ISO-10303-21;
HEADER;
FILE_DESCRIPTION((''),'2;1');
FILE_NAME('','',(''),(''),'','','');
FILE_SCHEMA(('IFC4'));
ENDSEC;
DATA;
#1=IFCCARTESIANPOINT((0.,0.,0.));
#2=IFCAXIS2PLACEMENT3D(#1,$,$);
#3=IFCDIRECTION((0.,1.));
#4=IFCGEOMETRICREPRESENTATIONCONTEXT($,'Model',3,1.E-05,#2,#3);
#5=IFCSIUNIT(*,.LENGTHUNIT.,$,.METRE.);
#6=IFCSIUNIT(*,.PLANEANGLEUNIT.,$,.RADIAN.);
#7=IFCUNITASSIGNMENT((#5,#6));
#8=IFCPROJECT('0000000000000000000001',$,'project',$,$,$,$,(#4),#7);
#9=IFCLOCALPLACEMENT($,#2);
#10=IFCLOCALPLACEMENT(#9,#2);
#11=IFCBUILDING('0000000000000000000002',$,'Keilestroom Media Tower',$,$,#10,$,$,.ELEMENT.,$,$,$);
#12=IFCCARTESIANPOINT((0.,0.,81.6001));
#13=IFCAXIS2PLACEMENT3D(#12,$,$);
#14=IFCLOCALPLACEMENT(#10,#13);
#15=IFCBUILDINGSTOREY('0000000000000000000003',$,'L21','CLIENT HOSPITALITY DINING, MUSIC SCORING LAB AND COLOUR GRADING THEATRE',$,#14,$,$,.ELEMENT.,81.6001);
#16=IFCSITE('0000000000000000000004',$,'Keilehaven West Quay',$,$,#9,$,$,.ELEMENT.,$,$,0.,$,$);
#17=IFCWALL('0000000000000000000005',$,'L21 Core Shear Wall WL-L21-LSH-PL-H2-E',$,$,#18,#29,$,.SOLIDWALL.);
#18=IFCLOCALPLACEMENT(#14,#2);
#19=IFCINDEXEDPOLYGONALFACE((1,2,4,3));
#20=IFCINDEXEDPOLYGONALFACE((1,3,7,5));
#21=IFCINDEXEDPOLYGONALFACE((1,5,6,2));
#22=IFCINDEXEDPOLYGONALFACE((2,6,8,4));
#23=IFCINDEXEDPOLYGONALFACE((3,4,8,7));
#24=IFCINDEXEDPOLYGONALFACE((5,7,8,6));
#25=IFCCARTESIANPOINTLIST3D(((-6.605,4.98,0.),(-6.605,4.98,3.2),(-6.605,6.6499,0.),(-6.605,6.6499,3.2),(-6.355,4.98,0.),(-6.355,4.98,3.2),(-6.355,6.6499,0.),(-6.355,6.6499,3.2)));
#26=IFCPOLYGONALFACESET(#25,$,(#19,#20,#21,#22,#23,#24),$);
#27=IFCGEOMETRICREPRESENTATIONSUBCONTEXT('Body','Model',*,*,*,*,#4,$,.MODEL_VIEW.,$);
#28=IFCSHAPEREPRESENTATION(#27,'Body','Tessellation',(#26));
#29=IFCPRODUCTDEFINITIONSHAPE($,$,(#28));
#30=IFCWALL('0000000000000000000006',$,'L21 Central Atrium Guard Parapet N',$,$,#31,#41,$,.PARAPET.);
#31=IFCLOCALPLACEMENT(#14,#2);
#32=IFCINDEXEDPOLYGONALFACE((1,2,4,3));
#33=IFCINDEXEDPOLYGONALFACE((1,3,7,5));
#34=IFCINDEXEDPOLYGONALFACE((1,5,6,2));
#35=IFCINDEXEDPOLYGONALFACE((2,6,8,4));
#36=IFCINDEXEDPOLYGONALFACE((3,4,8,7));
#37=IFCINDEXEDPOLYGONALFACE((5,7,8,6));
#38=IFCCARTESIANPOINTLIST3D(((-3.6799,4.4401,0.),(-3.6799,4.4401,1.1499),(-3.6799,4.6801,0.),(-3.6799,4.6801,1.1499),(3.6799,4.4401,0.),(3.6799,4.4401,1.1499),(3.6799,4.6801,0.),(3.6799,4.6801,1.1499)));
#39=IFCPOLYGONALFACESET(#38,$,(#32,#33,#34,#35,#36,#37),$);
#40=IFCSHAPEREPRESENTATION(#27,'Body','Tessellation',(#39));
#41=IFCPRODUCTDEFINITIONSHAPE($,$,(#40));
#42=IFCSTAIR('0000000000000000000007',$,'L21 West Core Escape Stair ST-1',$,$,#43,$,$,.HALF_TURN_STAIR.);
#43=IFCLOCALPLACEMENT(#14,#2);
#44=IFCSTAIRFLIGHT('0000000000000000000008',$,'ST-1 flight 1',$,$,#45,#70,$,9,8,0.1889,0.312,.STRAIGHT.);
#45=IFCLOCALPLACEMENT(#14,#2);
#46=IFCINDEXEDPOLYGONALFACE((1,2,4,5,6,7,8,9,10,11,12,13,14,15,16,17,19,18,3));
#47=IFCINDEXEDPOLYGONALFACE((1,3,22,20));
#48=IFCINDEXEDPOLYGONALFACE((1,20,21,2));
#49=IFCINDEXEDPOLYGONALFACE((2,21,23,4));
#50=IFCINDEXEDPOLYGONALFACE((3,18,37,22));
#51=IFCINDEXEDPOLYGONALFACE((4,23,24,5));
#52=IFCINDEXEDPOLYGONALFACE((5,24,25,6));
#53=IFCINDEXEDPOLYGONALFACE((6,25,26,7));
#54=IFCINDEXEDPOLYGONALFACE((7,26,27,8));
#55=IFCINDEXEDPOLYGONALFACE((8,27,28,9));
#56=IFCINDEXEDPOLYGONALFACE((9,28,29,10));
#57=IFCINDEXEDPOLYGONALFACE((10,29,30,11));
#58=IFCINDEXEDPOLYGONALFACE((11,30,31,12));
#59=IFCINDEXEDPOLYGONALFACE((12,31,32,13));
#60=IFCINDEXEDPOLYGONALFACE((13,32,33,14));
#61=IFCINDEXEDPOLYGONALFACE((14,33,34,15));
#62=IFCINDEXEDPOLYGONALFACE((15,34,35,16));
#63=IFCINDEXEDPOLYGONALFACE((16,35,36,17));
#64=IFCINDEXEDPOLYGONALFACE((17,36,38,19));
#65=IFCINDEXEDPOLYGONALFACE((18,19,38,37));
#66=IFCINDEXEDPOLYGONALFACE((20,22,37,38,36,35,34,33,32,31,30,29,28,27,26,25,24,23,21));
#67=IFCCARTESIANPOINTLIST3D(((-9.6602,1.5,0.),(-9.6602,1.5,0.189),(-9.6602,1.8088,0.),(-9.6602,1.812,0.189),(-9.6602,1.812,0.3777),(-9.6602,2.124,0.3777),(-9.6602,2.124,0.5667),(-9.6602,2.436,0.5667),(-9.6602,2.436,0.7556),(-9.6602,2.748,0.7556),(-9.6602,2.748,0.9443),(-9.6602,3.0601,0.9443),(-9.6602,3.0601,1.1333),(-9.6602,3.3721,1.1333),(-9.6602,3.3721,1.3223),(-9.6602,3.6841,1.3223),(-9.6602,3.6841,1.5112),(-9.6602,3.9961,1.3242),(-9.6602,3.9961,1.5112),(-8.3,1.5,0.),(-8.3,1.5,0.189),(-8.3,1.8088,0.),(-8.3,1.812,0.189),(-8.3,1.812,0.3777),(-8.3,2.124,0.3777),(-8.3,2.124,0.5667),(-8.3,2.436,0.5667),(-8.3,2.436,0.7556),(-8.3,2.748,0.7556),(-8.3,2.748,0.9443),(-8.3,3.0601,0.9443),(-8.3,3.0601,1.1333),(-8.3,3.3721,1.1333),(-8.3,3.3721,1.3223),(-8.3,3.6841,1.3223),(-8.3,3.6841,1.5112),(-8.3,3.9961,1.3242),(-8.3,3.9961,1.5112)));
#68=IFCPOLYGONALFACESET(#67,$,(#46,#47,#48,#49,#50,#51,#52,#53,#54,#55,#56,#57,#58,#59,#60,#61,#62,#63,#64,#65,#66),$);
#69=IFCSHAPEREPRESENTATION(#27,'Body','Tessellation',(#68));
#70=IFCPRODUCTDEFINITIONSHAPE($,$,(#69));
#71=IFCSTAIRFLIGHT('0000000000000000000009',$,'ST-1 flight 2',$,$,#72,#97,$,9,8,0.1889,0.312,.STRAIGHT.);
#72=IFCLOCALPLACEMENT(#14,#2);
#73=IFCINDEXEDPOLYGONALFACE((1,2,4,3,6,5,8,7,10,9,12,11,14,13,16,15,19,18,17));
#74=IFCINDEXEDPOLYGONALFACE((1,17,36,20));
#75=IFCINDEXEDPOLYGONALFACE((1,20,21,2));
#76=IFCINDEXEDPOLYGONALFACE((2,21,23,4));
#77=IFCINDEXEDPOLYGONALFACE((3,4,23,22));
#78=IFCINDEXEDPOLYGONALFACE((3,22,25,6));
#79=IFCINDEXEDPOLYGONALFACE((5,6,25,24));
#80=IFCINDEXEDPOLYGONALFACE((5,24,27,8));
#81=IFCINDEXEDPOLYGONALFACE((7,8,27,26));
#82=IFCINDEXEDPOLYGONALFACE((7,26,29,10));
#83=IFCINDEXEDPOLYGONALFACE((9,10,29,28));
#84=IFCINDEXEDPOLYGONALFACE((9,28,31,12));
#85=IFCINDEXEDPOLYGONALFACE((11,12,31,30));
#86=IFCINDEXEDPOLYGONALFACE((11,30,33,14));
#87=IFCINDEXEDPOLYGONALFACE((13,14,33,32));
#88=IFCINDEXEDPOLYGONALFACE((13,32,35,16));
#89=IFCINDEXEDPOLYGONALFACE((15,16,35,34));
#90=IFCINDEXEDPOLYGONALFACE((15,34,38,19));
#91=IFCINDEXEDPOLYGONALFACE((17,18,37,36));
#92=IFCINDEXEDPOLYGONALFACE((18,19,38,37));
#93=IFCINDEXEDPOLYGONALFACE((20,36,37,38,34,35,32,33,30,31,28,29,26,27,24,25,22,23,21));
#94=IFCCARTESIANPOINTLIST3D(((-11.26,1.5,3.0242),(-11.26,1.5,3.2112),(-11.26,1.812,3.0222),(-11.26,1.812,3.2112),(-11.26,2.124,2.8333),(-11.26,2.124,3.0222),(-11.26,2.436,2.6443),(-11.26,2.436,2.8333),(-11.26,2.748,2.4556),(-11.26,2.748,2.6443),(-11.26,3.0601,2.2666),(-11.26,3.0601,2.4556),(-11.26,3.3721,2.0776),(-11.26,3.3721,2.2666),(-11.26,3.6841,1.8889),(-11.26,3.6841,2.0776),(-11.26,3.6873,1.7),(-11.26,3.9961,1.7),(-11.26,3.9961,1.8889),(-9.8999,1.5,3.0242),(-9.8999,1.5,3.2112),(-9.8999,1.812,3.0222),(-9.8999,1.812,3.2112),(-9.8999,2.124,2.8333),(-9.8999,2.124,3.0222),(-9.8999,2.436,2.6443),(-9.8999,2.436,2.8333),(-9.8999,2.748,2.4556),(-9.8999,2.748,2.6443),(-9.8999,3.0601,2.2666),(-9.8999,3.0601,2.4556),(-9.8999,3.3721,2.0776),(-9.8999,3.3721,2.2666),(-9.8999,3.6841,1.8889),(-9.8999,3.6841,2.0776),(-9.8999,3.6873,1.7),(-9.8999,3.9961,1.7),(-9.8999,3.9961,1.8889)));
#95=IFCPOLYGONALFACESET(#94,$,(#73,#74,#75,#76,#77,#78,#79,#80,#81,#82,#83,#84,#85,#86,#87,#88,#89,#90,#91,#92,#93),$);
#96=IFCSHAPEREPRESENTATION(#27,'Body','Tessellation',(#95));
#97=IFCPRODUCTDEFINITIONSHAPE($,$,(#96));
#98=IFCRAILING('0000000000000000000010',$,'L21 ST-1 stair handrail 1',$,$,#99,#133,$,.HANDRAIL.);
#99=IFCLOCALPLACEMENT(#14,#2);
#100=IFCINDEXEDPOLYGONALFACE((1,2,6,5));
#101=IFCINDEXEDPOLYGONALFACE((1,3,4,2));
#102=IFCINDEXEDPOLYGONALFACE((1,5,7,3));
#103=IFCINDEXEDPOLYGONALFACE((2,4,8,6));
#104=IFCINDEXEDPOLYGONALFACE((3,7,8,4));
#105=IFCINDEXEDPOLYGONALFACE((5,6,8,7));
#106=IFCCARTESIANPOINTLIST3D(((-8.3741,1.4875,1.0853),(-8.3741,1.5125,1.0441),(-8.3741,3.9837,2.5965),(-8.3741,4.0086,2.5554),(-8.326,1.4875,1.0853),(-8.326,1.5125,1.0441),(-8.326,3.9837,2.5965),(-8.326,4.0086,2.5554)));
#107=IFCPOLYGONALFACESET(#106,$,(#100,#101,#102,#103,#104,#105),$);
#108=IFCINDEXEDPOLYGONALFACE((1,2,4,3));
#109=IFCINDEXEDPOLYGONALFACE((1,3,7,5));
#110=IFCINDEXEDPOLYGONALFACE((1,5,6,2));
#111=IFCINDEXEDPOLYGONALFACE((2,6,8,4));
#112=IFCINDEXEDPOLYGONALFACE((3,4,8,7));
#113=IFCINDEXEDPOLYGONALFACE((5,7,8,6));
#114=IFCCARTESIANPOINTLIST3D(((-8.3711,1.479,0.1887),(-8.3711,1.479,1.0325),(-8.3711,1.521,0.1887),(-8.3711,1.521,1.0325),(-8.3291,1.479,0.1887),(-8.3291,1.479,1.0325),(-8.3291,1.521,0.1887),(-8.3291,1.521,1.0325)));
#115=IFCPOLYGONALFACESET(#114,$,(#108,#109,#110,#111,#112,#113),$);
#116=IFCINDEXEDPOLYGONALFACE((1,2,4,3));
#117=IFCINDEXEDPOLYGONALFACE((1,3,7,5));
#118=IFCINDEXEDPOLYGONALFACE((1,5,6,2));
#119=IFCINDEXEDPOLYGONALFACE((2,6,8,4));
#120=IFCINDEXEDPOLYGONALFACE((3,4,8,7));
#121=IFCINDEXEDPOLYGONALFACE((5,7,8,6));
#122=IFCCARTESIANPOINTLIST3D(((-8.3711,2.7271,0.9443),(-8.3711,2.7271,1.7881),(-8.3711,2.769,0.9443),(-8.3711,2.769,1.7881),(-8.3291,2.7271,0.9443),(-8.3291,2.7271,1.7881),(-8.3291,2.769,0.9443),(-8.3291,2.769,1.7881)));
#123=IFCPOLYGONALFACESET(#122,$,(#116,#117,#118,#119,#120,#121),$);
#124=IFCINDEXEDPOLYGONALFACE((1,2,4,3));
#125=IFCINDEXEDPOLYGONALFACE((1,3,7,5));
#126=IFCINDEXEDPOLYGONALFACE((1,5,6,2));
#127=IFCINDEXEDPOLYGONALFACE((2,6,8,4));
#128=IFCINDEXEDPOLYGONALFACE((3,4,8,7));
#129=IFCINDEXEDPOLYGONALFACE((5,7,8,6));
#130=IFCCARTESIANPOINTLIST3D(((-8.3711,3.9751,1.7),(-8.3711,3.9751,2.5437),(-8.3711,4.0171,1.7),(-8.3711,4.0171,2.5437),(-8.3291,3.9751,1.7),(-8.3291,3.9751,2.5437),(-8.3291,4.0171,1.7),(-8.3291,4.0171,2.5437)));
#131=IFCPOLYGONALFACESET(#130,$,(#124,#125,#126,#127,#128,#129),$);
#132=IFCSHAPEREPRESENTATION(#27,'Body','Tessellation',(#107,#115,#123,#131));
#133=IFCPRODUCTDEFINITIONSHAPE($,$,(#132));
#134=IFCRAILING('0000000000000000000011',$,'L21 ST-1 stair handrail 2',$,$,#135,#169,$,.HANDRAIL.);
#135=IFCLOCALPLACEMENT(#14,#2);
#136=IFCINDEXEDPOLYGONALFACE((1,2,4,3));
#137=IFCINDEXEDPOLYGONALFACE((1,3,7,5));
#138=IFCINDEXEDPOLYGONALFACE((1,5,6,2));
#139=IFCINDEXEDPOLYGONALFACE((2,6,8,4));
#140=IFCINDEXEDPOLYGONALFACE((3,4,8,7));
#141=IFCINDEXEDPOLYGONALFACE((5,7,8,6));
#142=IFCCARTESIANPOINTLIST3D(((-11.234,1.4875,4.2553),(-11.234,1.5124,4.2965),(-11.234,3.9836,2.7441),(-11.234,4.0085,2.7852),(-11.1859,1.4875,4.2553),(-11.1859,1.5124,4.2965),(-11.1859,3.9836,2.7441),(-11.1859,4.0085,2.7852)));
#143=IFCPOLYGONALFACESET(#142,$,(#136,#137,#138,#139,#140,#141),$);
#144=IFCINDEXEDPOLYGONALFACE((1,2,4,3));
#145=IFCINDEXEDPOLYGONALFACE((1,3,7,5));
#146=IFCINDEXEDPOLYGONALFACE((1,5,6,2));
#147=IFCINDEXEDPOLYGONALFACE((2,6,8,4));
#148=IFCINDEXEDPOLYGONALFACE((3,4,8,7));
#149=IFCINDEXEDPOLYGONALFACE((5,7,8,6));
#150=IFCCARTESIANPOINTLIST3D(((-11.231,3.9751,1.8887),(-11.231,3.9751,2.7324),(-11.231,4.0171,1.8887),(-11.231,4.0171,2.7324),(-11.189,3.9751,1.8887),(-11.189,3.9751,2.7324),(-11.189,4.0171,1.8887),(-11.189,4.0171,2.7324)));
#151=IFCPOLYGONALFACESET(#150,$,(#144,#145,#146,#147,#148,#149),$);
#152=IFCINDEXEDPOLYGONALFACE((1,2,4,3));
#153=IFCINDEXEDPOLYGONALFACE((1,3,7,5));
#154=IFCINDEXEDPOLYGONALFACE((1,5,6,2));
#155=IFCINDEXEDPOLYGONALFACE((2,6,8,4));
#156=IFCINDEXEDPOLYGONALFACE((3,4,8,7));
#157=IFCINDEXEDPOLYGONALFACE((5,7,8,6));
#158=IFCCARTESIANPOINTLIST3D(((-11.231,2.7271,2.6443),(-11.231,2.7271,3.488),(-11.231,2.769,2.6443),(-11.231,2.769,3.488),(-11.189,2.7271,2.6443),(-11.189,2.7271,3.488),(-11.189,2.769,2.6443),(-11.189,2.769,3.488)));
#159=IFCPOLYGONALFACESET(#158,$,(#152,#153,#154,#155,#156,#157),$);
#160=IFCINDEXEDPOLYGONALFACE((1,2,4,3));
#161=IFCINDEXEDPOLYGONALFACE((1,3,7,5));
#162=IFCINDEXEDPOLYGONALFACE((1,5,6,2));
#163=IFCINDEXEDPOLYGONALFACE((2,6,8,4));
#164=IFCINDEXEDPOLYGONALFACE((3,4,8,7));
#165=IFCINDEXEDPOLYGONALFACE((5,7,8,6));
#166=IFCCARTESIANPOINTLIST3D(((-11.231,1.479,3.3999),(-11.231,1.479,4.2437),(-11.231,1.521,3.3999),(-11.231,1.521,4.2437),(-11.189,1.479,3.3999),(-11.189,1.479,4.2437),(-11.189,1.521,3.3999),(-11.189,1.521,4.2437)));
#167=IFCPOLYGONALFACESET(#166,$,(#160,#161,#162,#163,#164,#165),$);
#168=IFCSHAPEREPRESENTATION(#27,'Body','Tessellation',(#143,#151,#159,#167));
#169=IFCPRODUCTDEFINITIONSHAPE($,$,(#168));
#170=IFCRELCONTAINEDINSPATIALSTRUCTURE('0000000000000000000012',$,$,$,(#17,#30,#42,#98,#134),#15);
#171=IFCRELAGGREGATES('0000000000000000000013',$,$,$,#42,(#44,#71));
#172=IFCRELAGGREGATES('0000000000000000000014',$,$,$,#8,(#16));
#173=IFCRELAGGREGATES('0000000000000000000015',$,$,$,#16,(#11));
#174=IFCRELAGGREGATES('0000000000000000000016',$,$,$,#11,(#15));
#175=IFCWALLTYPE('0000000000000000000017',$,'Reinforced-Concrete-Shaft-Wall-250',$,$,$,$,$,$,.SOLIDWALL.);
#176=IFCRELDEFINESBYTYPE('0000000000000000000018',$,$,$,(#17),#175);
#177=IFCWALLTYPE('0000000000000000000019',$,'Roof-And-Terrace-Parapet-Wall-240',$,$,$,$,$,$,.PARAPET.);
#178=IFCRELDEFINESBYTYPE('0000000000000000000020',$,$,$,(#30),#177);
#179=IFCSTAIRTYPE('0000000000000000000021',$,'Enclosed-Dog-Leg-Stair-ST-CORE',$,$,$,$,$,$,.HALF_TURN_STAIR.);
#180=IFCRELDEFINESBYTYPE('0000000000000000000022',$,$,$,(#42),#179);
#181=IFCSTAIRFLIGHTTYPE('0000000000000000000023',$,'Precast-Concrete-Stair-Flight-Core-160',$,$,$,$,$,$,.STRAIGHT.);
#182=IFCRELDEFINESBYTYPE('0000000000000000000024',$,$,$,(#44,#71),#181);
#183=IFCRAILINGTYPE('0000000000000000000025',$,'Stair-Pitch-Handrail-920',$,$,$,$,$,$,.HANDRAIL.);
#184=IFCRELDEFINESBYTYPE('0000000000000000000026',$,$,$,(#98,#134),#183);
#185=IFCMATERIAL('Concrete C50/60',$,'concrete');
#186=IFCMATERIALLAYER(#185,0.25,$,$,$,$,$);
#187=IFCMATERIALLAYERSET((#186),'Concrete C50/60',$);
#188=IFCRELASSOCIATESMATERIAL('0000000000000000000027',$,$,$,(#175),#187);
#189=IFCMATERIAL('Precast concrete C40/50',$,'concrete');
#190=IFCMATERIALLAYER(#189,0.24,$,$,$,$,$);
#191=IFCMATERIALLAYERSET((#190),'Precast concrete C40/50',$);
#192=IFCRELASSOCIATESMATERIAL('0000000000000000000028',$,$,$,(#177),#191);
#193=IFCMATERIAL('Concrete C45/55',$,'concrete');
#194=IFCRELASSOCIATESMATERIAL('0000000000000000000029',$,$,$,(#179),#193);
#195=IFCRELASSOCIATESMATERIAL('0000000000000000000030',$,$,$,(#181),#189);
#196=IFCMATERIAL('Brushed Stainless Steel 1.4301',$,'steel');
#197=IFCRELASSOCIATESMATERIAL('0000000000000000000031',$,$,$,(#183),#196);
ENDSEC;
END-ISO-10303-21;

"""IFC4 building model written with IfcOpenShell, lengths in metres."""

from ifc_helpers import new_model, si_unit, direction, frame, frame_2d, origin, origin_2d, place, context, subcontext, project, spatial, polyline, rectangle, outline, extrude, material, layer, layer_set, type_object, element, aggregate, save


model = new_model("IFC4")

# Units and contexts
model_context = context("Model", 3, precision=1e-05, world=origin(), true_north=direction((0.0, 1.0)))
body_context = subcontext(model_context, "Body", "Model", "MODEL_VIEW")
ifc_project = project(units=[si_unit("LENGTHUNIT", "METRE"), si_unit("PLANEANGLEUNIT", "RADIAN")], contexts=[model_context])

# Site, building, storey
site_placement = place(None, origin())
site = spatial("IfcSite", under=ifc_project, at=site_placement, Name="Keilehaven West Quay", CompositionType="ELEMENT", RefElevation=0.0)
building_placement = place(site_placement, origin())
building = spatial("IfcBuilding", under=site, at=building_placement, Name="Keilestroom Media Tower", CompositionType="ELEMENT")
storey_placement = place(building_placement, frame((0.0, 0.0, 81.6001)))
storey = spatial("IfcBuildingStorey", under=building, at=storey_placement, Name="L21", Description="CLIENT HOSPITALITY DINING, MUSIC SCORING LAB AND COLOUR GRADING THEATRE", CompositionType="ELEMENT", Elevation=81.6001)

# Shared definitions
ifc_material_1 = material(Name="Concrete C50/60", Category="concrete")
ifc_material_2 = material(Name="Concrete C45/55", Category="concrete")

# Shared definitions
ifc_layer_1 = layer(ifc_material_1, 0.25)
ifc_layer_set_1 = layer_set([ifc_layer_1], Name="Concrete C50/60")
wall_type_1 = type_object("IfcWallType", Name="Reinforced-Concrete-Shaft-Wall-250", PredefinedType="SOLIDWALL", material=ifc_layer_set_1)

# Walls
wall_1_placement = place(storey_placement, frame((-6.48, 4.98, 0.0), z_axis=(0.0, 0.0, 1.0), x_axis=(0.0, 1.0, 0.0)))
element("IfcWall", 1, at=wall_1_placement, inside=storey, type_object=wall_type_1, Name="L21 Core Shear Wall WL-L21-LSH-PL-H2-E", PredefinedType="SOLIDWALL", context=body_context, shape_type="SweptSolid", body=[
    extrude(rectangle(XDim=1.6699, YDim=0.25, at=frame_2d((0.835, 0.0))), origin(), (0.0, 0.0, 1.0), 3.2),
])
ifc_material_3 = material(Name="Precast concrete C40/50", Category="concrete")
ifc_layer_2 = layer(ifc_material_3, 0.24)
ifc_layer_set_2 = layer_set([ifc_layer_2], Name="Precast concrete C40/50")
wall_type_2 = type_object("IfcWallType", Name="Roof-And-Terrace-Parapet-Wall-240", PredefinedType="PARAPET", material=ifc_layer_set_2)
wall_2_placement = place(storey_placement, frame((-3.6799, 4.5601, 0.0), z_axis=(0.0, 0.0, 1.0), x_axis=(1.0, 0.0, 0.0)))
element("IfcWall", 2, at=wall_2_placement, inside=storey, type_object=wall_type_2, Name="L21 Central Atrium Guard Parapet N", PredefinedType="PARAPET", context=body_context, shape_type="SweptSolid", body=[
    extrude(rectangle(XDim=7.3599, YDim=0.24, at=frame_2d((3.6799, 0.0))), origin(), (0.0, 0.0, 1.0), 1.1499),
])

# Stair, stair flights
stair_type = type_object("IfcStairType", Name="Enclosed-Dog-Leg-Stair-ST-CORE", PredefinedType="HALF_TURN_STAIR", material=ifc_material_2)
stair_placement = place(storey_placement, origin())
stair = element("IfcStair", 3, at=stair_placement, inside=storey, type_object=stair_type, Name="L21 West Core Escape Stair ST-1", PredefinedType="HALF_TURN_STAIR")
stair_flight_type = type_object("IfcStairFlightType", Name="Precast-Concrete-Stair-Flight-Core-160", PredefinedType="STRAIGHT", material=ifc_material_3)
stair_flight_1_placement = place(storey_placement, frame((-8.98, 1.5, 0.0), z_axis=(0.0, 0.0, 1.0), x_axis=(0.0, 1.0, 0.0)))
stair_flight_1 = element("IfcStairFlight", 4, at=stair_flight_1_placement, type_object=stair_flight_type, Name="ST-1 flight 1", NumberOfRisers=9, NumberOfTreads=8, PredefinedType="STRAIGHT", RiserHeight=0.1889, TreadLength=0.312, context=body_context, shape_type="SweptSolid", body=[
    extrude(outline(polyline([(0.0, 0.0), (0.0, 0.189), (0.312, 0.189), (0.312, 0.3777), (0.624, 0.3777), (0.624, 0.5667), (0.936, 0.5667), (0.936, 0.7556), (1.248, 0.7556), (1.248, 0.9443), (1.5601, 0.9443), (1.5601, 1.1333), (1.8721, 1.1333), (1.8721, 1.3223), (2.1841, 1.3223), (2.1841, 1.5112), (2.4961, 1.5112), (2.4961, 1.7), (2.4961, 1.3242), (0.3088, 0.0), (0.0, 0.0)])), frame((0.0, 0.6802, 0.0), z_axis=(0.0, -1.0, 0.0), x_axis=(1.0, 0.0, 0.0)), (0.0, 0.0, 1.0), 1.3601),
])
stair_flight_2_placement = place(storey_placement, frame((-10.5801, 3.9961, 1.7), z_axis=(0.0, 0.0, 1.0), x_axis=(0.0, -1.0, 0.0)))
stair_flight_2 = element("IfcStairFlight", 5, at=stair_flight_2_placement, type_object=stair_flight_type, Name="ST-1 flight 2", NumberOfRisers=9, NumberOfTreads=8, PredefinedType="STRAIGHT", RiserHeight=0.1889, TreadLength=0.312, context=body_context, shape_type="SweptSolid", body=[
    extrude(outline(polyline([(0.0, 0.0), (0.0, 0.189), (0.312, 0.189), (0.312, 0.3777), (0.624, 0.3777), (0.624, 0.5667), (0.936, 0.5667), (0.936, 0.7556), (1.248, 0.7556), (1.248, 0.9443), (1.5601, 0.9443), (1.5601, 1.1333), (1.8721, 1.1333), (1.8721, 1.3223), (2.1841, 1.3223), (2.1841, 1.5112), (2.4961, 1.5112), (2.4961, 1.7), (2.4961, 1.3242), (0.3088, 0.0), (0.0, 0.0)])), frame((0.0, 0.6802, 0.0), z_axis=(0.0, -1.0, 0.0), x_axis=(1.0, 0.0, 0.0)), (0.0, 0.0, 1.0), 1.3601),
])
aggregate(stair, [stair_flight_1, stair_flight_2])

# Railings
ifc_material_4 = material(Name="Brushed Stainless Steel 1.4301", Category="steel")
railing_type_1 = type_object("IfcRailingType", Name="Stair-Pitch-Handrail-920", PredefinedType="HANDRAIL", material=ifc_material_4)
railing_1_placement = place(storey_placement, frame((-8.3501, 1.5, 0.1887)))
element("IfcRailing", 6, at=railing_1_placement, inside=storey, type_object=railing_type_1, Name="L21 ST-1 stair handrail 1", PredefinedType="HANDRAIL", context=body_context, shape_type="SweptSolid", body=[
    extrude(rectangle(XDim=0.0481, YDim=0.0481, at=origin_2d()), frame((0.0, 0.0, 0.876), z_axis=(0.0, 0.855434, 0.517912), x_axis=(-1.0, 0.0, 0.0)), (0.0, 0.0, 1.0), 2.918),
    extrude(rectangle(XDim=0.042, YDim=0.042, at=origin_2d()), origin(), (0.0, 0.0, 1.0), 0.8438),
    extrude(rectangle(XDim=0.042, YDim=0.042, at=origin_2d()), frame((0.0, 1.248, 0.7556)), (0.0, 0.0, 1.0), 0.8438),
    extrude(rectangle(XDim=0.042, YDim=0.042, at=origin_2d()), frame((0.0, 2.4961, 1.5112)), (0.0, 0.0, 1.0), 0.8438),
])
railing_2_placement = place(storey_placement, frame((-11.21, 3.9961, 1.8887)))
element("IfcRailing", 7, at=railing_2_placement, inside=storey, type_object=railing_type_1, Name="L21 ST-1 stair handrail 2", PredefinedType="HANDRAIL", context=body_context, shape_type="SweptSolid", body=[
    extrude(rectangle(XDim=0.0481, YDim=0.0481, at=origin_2d()), frame((0.0, 0.0, 0.876), z_axis=(0.0, -0.855434, 0.517912), x_axis=(1.0, 0.0, 0.0)), (0.0, 0.0, 1.0), 2.918),
    extrude(rectangle(XDim=0.042, YDim=0.042, at=origin_2d()), origin(), (0.0, 0.0, 1.0), 0.8438),
    extrude(rectangle(XDim=0.042, YDim=0.042, at=origin_2d()), frame((0.0, -1.248, 0.7556)), (0.0, 0.0, 1.0), 0.8438),
    extrude(rectangle(XDim=0.042, YDim=0.042, at=origin_2d()), frame((0.0, -2.4961, 1.5112)), (0.0, 0.0, 1.0), 0.8438),
])

save(model, "model.ifc")
